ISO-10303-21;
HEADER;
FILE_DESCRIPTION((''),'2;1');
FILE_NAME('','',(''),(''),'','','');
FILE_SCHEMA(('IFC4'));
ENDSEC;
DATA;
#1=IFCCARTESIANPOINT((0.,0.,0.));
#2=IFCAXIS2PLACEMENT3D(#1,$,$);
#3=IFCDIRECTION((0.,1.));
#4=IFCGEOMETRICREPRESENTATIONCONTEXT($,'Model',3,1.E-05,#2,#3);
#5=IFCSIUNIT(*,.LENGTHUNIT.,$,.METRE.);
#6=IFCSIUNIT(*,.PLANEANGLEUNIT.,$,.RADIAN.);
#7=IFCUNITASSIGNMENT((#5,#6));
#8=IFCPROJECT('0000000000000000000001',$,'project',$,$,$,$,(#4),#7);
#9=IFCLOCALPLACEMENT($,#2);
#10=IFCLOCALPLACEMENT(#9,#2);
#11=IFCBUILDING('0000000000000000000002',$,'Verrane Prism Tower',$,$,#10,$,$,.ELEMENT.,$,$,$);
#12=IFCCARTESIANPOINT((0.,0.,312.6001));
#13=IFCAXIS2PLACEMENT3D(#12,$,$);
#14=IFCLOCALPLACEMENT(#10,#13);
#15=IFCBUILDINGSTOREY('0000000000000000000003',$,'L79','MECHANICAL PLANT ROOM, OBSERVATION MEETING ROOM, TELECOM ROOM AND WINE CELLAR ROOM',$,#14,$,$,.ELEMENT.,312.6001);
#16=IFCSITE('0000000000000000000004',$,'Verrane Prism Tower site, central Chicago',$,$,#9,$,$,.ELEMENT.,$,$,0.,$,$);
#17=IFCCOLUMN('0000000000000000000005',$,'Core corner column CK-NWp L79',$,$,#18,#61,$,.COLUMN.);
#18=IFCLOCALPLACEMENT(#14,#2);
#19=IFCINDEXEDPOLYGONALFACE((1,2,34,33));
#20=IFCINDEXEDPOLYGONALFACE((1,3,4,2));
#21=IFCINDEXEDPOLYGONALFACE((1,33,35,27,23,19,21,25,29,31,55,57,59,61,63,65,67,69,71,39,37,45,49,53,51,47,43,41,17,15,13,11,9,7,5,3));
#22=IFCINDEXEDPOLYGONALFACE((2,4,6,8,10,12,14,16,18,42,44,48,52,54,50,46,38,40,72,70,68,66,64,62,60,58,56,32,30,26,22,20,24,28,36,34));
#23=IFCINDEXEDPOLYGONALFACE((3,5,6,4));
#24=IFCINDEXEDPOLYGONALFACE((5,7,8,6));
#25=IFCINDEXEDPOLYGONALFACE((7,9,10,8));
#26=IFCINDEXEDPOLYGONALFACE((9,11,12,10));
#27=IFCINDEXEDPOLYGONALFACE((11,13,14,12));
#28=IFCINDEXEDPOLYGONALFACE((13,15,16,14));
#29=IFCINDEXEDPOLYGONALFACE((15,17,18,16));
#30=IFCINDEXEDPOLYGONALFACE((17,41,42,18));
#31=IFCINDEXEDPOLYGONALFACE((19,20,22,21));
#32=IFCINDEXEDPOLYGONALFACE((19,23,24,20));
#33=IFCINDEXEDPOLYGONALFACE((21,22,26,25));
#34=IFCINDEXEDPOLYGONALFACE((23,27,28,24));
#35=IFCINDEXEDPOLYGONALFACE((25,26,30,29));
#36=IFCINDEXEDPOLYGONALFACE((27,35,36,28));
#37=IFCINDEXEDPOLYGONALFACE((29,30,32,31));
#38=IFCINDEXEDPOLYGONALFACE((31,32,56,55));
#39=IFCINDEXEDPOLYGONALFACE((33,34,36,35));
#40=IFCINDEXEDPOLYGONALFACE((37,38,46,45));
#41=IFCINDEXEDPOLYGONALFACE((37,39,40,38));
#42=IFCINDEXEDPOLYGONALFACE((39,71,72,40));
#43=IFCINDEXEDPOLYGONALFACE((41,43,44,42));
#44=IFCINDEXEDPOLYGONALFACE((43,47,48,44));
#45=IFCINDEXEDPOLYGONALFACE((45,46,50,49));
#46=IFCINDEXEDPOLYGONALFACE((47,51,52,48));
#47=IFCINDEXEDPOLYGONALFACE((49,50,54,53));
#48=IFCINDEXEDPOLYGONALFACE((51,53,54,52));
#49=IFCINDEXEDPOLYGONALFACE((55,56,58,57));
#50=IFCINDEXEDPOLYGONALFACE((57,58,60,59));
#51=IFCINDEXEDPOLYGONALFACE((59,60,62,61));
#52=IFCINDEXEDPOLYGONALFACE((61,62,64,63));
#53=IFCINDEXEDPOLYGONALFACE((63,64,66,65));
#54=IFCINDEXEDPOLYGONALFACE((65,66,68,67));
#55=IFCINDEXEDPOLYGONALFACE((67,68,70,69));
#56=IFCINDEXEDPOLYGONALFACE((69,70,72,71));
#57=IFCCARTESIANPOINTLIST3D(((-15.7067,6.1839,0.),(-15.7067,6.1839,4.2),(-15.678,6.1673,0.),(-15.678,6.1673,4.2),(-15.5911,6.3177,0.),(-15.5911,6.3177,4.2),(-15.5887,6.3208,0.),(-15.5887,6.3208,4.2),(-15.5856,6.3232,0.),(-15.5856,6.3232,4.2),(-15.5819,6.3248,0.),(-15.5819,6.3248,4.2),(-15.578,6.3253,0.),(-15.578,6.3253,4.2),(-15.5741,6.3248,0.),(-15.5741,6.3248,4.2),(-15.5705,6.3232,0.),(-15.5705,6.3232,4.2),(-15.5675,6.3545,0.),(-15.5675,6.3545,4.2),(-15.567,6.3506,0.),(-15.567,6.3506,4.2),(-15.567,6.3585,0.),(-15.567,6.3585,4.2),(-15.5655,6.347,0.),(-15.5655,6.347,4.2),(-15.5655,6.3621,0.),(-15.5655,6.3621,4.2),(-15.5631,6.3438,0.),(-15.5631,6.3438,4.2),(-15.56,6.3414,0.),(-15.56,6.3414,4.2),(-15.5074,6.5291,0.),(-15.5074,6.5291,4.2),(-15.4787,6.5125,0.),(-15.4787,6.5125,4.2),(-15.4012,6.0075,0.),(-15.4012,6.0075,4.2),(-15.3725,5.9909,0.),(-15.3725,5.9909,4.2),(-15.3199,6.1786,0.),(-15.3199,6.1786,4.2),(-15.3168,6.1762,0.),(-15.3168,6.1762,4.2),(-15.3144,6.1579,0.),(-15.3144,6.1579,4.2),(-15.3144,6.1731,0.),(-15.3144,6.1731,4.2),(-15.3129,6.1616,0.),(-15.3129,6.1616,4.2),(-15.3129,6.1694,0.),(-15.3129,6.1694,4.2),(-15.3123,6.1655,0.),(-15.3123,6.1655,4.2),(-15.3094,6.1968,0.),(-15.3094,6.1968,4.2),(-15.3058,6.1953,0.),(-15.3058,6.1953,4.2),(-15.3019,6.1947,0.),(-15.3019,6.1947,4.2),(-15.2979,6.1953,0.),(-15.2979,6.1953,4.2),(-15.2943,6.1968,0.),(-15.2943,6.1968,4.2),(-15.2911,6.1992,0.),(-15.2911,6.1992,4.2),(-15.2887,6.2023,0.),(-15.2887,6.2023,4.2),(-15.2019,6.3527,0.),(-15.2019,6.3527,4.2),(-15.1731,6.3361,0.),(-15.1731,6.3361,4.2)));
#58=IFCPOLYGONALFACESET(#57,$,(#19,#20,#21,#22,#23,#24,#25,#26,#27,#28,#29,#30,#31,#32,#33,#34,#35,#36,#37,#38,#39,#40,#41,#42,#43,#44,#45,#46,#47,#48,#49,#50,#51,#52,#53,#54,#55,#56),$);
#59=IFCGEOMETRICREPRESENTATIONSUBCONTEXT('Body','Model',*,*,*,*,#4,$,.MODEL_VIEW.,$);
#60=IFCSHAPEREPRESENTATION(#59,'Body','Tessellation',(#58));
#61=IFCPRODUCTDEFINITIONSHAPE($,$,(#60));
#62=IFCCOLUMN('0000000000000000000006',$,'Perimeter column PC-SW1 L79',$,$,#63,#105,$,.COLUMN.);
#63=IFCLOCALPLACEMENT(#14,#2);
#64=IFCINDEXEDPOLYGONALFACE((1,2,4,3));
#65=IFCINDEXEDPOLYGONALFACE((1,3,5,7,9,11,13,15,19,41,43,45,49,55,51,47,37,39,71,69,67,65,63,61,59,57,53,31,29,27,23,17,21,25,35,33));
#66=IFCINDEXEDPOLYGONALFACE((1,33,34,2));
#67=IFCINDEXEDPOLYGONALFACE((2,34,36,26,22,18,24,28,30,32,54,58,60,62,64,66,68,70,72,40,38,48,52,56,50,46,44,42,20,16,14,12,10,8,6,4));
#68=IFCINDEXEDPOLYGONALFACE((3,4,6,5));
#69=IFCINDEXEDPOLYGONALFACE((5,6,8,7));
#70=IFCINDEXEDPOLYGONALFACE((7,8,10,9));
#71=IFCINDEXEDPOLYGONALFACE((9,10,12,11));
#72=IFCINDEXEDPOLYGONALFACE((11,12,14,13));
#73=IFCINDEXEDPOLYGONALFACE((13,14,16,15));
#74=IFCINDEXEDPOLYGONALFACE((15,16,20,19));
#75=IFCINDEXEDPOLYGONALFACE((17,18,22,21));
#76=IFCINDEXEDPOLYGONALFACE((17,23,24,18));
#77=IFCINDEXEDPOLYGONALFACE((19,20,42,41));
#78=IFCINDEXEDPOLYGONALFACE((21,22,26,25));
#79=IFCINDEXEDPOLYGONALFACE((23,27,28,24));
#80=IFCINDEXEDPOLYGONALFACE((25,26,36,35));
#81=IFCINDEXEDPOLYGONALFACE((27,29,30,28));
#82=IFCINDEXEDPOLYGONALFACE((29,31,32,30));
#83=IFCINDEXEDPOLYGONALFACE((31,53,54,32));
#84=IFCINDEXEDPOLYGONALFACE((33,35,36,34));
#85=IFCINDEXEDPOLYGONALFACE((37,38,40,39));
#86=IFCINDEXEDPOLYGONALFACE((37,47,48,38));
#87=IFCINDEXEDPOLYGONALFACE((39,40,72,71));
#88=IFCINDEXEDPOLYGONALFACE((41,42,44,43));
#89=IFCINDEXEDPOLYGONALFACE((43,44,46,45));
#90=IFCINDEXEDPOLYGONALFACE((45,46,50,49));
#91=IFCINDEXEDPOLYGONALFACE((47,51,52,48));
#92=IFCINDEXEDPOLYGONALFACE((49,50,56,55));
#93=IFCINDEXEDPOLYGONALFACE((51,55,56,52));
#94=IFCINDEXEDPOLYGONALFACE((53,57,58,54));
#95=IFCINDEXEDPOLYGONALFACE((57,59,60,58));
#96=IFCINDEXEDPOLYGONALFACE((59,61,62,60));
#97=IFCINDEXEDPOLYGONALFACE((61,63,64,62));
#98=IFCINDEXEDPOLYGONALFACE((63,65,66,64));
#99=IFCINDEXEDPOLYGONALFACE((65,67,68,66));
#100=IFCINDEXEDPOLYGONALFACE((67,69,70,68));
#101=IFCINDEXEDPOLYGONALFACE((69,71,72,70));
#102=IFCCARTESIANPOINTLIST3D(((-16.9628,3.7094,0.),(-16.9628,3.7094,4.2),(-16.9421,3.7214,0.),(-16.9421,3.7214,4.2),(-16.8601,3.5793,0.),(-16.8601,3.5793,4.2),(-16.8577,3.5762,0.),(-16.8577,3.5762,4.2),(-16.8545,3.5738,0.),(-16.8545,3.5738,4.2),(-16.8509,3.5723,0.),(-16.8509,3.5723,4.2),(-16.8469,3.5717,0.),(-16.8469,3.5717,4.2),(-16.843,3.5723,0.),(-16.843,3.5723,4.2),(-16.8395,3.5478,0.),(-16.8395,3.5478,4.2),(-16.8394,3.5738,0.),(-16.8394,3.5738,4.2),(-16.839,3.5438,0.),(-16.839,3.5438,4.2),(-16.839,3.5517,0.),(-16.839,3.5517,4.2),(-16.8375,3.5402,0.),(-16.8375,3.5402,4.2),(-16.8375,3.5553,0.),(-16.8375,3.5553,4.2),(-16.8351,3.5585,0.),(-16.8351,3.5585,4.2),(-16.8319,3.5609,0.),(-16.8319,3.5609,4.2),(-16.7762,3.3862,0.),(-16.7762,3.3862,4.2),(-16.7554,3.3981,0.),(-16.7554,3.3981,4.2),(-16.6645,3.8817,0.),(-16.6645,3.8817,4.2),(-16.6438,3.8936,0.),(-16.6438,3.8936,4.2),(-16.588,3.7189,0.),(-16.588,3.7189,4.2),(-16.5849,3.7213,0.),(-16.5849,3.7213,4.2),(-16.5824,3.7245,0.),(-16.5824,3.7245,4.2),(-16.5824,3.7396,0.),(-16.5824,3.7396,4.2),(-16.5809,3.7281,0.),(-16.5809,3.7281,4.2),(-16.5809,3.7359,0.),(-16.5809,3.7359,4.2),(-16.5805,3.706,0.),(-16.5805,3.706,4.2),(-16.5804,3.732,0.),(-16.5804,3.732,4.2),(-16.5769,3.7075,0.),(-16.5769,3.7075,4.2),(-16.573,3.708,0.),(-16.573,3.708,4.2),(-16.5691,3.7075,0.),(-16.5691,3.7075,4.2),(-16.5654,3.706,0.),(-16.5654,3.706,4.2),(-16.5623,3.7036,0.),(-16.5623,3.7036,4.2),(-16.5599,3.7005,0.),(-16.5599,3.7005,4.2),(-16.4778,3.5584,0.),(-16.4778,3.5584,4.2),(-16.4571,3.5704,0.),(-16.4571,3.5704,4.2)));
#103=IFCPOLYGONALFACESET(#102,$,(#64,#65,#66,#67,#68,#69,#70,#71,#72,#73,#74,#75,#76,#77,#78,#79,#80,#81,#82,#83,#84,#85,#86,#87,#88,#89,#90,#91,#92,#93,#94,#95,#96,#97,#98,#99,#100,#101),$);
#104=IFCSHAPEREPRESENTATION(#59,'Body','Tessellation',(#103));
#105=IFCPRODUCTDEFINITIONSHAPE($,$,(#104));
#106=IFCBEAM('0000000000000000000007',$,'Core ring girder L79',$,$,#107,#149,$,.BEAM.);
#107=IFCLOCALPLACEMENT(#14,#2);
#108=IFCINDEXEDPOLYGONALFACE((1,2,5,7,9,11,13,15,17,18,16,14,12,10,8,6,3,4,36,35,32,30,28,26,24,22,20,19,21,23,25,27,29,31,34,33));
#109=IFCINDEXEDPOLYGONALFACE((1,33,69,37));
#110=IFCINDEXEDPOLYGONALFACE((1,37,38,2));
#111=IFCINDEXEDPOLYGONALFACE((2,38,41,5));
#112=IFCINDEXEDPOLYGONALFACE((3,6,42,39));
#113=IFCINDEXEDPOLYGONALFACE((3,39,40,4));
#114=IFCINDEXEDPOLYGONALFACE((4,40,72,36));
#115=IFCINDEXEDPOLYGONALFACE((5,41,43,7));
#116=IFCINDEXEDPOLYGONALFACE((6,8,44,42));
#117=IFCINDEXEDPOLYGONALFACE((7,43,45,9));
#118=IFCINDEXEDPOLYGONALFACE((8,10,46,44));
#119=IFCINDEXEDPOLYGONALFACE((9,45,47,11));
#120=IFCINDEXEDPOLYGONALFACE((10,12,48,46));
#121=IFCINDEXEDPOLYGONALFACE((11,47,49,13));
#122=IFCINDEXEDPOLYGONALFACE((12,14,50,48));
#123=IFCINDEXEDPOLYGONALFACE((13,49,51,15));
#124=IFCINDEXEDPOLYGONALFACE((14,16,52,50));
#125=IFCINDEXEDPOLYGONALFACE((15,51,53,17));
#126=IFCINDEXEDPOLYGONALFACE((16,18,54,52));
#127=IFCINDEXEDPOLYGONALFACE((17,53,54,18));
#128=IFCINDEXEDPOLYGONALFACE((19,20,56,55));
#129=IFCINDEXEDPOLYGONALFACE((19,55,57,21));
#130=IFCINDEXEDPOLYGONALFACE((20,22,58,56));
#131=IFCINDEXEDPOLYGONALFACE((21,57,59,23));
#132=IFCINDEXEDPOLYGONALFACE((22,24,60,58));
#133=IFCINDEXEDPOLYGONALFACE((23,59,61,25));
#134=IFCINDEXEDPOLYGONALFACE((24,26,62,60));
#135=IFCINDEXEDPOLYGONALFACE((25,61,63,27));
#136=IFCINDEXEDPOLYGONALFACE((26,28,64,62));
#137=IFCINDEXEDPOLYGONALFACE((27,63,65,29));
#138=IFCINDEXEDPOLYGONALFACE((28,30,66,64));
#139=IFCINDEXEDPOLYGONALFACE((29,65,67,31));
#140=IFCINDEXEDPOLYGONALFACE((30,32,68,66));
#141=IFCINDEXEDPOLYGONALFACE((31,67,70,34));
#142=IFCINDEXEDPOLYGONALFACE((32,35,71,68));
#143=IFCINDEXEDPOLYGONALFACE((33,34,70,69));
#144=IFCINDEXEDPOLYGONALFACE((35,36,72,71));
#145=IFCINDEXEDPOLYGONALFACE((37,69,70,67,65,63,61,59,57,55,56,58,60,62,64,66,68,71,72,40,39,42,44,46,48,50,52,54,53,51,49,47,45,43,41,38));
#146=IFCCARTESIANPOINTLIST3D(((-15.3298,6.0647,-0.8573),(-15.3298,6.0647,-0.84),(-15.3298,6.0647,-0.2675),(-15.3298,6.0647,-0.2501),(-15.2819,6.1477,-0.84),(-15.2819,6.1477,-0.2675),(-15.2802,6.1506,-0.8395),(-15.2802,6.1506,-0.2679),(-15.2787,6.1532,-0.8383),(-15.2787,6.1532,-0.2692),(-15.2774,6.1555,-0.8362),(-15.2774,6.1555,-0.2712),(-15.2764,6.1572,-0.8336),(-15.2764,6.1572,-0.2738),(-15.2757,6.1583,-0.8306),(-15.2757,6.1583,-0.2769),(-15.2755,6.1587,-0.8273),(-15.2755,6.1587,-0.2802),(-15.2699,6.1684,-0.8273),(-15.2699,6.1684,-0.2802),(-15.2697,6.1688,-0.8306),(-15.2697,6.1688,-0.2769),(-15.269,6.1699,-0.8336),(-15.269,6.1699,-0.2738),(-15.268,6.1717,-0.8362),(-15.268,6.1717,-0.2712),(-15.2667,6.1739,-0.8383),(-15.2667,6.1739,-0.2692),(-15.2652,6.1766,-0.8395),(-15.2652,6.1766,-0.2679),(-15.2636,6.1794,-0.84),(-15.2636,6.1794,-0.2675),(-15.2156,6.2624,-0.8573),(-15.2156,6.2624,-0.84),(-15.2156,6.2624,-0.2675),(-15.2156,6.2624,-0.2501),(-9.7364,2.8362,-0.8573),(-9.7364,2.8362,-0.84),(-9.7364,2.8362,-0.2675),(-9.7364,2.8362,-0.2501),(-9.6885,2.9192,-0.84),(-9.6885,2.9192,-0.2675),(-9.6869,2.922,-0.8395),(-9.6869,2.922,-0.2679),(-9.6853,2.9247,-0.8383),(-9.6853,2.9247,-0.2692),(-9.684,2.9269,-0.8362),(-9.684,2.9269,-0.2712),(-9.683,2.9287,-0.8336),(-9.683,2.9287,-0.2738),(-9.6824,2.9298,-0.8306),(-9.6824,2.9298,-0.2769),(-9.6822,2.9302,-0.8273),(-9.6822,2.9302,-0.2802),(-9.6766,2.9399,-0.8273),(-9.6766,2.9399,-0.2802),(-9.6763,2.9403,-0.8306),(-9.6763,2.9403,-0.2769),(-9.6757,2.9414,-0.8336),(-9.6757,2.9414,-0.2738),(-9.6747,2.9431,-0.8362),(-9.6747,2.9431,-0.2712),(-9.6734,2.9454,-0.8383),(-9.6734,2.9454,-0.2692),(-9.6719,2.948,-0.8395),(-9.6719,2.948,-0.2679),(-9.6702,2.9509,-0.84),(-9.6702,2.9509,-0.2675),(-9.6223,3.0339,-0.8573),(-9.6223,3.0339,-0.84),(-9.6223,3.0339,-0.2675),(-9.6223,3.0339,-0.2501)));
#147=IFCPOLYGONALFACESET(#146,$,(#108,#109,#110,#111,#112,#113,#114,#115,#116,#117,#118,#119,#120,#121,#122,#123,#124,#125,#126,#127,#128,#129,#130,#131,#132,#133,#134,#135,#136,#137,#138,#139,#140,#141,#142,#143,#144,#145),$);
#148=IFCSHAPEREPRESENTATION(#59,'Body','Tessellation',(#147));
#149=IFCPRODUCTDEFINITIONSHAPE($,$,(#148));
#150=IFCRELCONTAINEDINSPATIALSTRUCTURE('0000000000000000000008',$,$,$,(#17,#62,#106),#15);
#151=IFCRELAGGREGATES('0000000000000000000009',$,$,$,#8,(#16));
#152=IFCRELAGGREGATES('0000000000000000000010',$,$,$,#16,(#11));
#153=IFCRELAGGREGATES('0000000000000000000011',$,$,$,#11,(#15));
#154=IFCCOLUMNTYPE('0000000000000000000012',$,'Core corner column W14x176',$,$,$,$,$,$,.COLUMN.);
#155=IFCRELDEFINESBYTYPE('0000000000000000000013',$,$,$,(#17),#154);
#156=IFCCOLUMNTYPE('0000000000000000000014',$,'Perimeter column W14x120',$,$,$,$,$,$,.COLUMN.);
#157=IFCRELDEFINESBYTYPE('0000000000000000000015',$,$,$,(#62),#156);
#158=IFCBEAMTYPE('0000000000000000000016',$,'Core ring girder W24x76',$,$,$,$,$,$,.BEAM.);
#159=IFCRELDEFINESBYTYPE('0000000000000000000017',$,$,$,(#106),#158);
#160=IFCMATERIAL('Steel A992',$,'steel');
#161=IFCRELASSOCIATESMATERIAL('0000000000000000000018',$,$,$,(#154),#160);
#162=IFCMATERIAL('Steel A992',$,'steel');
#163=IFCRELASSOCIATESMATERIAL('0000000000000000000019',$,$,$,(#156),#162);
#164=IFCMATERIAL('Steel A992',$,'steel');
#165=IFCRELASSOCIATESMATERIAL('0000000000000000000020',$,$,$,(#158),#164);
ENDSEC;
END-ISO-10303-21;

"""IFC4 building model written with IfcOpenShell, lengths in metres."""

from ifc_helpers import new_model, si_unit, direction, frame, origin, origin_2d, place, context, subcontext, project, spatial, i_section, extrude, material, material_profile, profile_set, type_object, element, save


model = new_model("IFC4")

# Units and contexts
model_context = context("Model", 3, precision=1e-05, world=origin(), true_north=direction((0.0, 1.0)))
body_context = subcontext(model_context, "Body", "Model", "MODEL_VIEW")
ifc_project = project(units=[si_unit("LENGTHUNIT", "METRE"), si_unit("PLANEANGLEUNIT", "RADIAN")], contexts=[model_context])

# Site, building, storey
site_placement = place(None, origin())
site = spatial("IfcSite", under=ifc_project, at=site_placement, Name="Verrane Prism Tower site, central Chicago", CompositionType="ELEMENT", RefElevation=0.0)
building_placement = place(site_placement, origin())
building = spatial("IfcBuilding", under=site, at=building_placement, Name="Verrane Prism Tower", CompositionType="ELEMENT")
storey_placement = place(building_placement, frame((0.0, 0.0, 312.6001)))
storey = spatial("IfcBuildingStorey", under=building, at=storey_placement, Name="L79", Description="MECHANICAL PLANT ROOM, OBSERVATION MEETING ROOM, TELECOM ROOM AND WINE CELLAR ROOM", CompositionType="ELEMENT", Elevation=312.6001)

# Columns
ifc_material_1 = material(Name="Steel A992", Category="steel")
ifc_material_profile_1 = material_profile(ifc_material_1, i_section(OverallWidth=0.3987, OverallDepth=0.386, WebThickness=0.021, FlangeThickness=0.0332, FilletRadius=0.0151, at=origin_2d()), Name="W14x176")
ifc_profile_set_1 = profile_set([ifc_material_profile_1], Name="Steel A992")
column_type_1 = type_object("IfcColumnType", Name="Core corner column W14x176", PredefinedType="COLUMN", material=ifc_profile_set_1)
column_1_placement = place(storey_placement, frame((-15.4399, 6.26, 0.0), z_axis=(0.0, 0.0, 1.0), x_axis=(0.5, 0.866025, 0.0)))
element("IfcColumn", 1, at=column_1_placement, inside=storey, type_object=column_type_1, Name="Core corner column CK-NWp L79", PredefinedType="COLUMN", context=body_context, shape_type="SweptSolid", body=[
    extrude(i_section(OverallWidth=0.3987, OverallDepth=0.386, WebThickness=0.021, FlangeThickness=0.0332, FilletRadius=0.0151, at=origin_2d()), origin(), (0.0, 0.0, 1.0), 4.2),
])
ifc_material_2 = material(Name="Steel A992", Category="steel")
ifc_material_profile_2 = material_profile(ifc_material_2, i_section(OverallWidth=0.3733, OverallDepth=0.3684, WebThickness=0.0149, FlangeThickness=0.0239, FilletRadius=0.0151, at=origin_2d()), Name="W14x120")
ifc_profile_set_2 = profile_set([ifc_material_profile_2], Name="Steel A992")
column_type_2 = type_object("IfcColumnType", Name="Perimeter column W14x120", PredefinedType="COLUMN", material=ifc_profile_set_2)
column_2_placement = place(storey_placement, frame((-16.71, 3.6399, 0.0), z_axis=(0.0, 0.0, 1.0), x_axis=(-0.5, 0.866025, 0.0)))
element("IfcColumn", 2, at=column_2_placement, inside=storey, type_object=column_type_2, Name="Perimeter column PC-SW1 L79", PredefinedType="COLUMN", context=body_context, shape_type="SweptSolid", body=[
    extrude(i_section(OverallWidth=0.3733, OverallDepth=0.3684, WebThickness=0.0149, FlangeThickness=0.0239, FilletRadius=0.0151, at=origin_2d()), origin(), (0.0, 0.0, 1.0), 4.2),
])

# Beam
ifc_material_3 = material(Name="Steel A992", Category="steel")
ifc_material_profile_3 = material_profile(ifc_material_3, i_section(OverallWidth=0.2283, OverallDepth=0.6072, WebThickness=0.0112, FlangeThickness=0.0173, FilletRadius=0.0127, at=origin_2d()), Name="W24x76")
ifc_profile_set_3 = profile_set([ifc_material_profile_3], Name="Steel A992")
beam_type_1 = type_object("IfcBeamType", Name="Core ring girder W24x76", PredefinedType="BEAM", material=ifc_profile_set_3)
beam_1_placement = place(storey_placement, frame((-15.2727, 6.1636, -0.5537), z_axis=(0.866076, -0.499912, 0.0), x_axis=(0.499912, 0.866076, 0.0)))
element("IfcBeam", 3, at=beam_1_placement, inside=storey, type_object=beam_type_1, Name="Core ring girder L79", PredefinedType="BEAM", context=body_context, shape_type="SweptSolid", body=[
    extrude(i_section(OverallWidth=0.2283, OverallDepth=0.6072, WebThickness=0.0112, FlangeThickness=0.0173, FilletRadius=0.0127, at=origin_2d()), origin(), (0.0, 0.0, 1.0), 6.4583),
])

save(model, "model.ifc")
